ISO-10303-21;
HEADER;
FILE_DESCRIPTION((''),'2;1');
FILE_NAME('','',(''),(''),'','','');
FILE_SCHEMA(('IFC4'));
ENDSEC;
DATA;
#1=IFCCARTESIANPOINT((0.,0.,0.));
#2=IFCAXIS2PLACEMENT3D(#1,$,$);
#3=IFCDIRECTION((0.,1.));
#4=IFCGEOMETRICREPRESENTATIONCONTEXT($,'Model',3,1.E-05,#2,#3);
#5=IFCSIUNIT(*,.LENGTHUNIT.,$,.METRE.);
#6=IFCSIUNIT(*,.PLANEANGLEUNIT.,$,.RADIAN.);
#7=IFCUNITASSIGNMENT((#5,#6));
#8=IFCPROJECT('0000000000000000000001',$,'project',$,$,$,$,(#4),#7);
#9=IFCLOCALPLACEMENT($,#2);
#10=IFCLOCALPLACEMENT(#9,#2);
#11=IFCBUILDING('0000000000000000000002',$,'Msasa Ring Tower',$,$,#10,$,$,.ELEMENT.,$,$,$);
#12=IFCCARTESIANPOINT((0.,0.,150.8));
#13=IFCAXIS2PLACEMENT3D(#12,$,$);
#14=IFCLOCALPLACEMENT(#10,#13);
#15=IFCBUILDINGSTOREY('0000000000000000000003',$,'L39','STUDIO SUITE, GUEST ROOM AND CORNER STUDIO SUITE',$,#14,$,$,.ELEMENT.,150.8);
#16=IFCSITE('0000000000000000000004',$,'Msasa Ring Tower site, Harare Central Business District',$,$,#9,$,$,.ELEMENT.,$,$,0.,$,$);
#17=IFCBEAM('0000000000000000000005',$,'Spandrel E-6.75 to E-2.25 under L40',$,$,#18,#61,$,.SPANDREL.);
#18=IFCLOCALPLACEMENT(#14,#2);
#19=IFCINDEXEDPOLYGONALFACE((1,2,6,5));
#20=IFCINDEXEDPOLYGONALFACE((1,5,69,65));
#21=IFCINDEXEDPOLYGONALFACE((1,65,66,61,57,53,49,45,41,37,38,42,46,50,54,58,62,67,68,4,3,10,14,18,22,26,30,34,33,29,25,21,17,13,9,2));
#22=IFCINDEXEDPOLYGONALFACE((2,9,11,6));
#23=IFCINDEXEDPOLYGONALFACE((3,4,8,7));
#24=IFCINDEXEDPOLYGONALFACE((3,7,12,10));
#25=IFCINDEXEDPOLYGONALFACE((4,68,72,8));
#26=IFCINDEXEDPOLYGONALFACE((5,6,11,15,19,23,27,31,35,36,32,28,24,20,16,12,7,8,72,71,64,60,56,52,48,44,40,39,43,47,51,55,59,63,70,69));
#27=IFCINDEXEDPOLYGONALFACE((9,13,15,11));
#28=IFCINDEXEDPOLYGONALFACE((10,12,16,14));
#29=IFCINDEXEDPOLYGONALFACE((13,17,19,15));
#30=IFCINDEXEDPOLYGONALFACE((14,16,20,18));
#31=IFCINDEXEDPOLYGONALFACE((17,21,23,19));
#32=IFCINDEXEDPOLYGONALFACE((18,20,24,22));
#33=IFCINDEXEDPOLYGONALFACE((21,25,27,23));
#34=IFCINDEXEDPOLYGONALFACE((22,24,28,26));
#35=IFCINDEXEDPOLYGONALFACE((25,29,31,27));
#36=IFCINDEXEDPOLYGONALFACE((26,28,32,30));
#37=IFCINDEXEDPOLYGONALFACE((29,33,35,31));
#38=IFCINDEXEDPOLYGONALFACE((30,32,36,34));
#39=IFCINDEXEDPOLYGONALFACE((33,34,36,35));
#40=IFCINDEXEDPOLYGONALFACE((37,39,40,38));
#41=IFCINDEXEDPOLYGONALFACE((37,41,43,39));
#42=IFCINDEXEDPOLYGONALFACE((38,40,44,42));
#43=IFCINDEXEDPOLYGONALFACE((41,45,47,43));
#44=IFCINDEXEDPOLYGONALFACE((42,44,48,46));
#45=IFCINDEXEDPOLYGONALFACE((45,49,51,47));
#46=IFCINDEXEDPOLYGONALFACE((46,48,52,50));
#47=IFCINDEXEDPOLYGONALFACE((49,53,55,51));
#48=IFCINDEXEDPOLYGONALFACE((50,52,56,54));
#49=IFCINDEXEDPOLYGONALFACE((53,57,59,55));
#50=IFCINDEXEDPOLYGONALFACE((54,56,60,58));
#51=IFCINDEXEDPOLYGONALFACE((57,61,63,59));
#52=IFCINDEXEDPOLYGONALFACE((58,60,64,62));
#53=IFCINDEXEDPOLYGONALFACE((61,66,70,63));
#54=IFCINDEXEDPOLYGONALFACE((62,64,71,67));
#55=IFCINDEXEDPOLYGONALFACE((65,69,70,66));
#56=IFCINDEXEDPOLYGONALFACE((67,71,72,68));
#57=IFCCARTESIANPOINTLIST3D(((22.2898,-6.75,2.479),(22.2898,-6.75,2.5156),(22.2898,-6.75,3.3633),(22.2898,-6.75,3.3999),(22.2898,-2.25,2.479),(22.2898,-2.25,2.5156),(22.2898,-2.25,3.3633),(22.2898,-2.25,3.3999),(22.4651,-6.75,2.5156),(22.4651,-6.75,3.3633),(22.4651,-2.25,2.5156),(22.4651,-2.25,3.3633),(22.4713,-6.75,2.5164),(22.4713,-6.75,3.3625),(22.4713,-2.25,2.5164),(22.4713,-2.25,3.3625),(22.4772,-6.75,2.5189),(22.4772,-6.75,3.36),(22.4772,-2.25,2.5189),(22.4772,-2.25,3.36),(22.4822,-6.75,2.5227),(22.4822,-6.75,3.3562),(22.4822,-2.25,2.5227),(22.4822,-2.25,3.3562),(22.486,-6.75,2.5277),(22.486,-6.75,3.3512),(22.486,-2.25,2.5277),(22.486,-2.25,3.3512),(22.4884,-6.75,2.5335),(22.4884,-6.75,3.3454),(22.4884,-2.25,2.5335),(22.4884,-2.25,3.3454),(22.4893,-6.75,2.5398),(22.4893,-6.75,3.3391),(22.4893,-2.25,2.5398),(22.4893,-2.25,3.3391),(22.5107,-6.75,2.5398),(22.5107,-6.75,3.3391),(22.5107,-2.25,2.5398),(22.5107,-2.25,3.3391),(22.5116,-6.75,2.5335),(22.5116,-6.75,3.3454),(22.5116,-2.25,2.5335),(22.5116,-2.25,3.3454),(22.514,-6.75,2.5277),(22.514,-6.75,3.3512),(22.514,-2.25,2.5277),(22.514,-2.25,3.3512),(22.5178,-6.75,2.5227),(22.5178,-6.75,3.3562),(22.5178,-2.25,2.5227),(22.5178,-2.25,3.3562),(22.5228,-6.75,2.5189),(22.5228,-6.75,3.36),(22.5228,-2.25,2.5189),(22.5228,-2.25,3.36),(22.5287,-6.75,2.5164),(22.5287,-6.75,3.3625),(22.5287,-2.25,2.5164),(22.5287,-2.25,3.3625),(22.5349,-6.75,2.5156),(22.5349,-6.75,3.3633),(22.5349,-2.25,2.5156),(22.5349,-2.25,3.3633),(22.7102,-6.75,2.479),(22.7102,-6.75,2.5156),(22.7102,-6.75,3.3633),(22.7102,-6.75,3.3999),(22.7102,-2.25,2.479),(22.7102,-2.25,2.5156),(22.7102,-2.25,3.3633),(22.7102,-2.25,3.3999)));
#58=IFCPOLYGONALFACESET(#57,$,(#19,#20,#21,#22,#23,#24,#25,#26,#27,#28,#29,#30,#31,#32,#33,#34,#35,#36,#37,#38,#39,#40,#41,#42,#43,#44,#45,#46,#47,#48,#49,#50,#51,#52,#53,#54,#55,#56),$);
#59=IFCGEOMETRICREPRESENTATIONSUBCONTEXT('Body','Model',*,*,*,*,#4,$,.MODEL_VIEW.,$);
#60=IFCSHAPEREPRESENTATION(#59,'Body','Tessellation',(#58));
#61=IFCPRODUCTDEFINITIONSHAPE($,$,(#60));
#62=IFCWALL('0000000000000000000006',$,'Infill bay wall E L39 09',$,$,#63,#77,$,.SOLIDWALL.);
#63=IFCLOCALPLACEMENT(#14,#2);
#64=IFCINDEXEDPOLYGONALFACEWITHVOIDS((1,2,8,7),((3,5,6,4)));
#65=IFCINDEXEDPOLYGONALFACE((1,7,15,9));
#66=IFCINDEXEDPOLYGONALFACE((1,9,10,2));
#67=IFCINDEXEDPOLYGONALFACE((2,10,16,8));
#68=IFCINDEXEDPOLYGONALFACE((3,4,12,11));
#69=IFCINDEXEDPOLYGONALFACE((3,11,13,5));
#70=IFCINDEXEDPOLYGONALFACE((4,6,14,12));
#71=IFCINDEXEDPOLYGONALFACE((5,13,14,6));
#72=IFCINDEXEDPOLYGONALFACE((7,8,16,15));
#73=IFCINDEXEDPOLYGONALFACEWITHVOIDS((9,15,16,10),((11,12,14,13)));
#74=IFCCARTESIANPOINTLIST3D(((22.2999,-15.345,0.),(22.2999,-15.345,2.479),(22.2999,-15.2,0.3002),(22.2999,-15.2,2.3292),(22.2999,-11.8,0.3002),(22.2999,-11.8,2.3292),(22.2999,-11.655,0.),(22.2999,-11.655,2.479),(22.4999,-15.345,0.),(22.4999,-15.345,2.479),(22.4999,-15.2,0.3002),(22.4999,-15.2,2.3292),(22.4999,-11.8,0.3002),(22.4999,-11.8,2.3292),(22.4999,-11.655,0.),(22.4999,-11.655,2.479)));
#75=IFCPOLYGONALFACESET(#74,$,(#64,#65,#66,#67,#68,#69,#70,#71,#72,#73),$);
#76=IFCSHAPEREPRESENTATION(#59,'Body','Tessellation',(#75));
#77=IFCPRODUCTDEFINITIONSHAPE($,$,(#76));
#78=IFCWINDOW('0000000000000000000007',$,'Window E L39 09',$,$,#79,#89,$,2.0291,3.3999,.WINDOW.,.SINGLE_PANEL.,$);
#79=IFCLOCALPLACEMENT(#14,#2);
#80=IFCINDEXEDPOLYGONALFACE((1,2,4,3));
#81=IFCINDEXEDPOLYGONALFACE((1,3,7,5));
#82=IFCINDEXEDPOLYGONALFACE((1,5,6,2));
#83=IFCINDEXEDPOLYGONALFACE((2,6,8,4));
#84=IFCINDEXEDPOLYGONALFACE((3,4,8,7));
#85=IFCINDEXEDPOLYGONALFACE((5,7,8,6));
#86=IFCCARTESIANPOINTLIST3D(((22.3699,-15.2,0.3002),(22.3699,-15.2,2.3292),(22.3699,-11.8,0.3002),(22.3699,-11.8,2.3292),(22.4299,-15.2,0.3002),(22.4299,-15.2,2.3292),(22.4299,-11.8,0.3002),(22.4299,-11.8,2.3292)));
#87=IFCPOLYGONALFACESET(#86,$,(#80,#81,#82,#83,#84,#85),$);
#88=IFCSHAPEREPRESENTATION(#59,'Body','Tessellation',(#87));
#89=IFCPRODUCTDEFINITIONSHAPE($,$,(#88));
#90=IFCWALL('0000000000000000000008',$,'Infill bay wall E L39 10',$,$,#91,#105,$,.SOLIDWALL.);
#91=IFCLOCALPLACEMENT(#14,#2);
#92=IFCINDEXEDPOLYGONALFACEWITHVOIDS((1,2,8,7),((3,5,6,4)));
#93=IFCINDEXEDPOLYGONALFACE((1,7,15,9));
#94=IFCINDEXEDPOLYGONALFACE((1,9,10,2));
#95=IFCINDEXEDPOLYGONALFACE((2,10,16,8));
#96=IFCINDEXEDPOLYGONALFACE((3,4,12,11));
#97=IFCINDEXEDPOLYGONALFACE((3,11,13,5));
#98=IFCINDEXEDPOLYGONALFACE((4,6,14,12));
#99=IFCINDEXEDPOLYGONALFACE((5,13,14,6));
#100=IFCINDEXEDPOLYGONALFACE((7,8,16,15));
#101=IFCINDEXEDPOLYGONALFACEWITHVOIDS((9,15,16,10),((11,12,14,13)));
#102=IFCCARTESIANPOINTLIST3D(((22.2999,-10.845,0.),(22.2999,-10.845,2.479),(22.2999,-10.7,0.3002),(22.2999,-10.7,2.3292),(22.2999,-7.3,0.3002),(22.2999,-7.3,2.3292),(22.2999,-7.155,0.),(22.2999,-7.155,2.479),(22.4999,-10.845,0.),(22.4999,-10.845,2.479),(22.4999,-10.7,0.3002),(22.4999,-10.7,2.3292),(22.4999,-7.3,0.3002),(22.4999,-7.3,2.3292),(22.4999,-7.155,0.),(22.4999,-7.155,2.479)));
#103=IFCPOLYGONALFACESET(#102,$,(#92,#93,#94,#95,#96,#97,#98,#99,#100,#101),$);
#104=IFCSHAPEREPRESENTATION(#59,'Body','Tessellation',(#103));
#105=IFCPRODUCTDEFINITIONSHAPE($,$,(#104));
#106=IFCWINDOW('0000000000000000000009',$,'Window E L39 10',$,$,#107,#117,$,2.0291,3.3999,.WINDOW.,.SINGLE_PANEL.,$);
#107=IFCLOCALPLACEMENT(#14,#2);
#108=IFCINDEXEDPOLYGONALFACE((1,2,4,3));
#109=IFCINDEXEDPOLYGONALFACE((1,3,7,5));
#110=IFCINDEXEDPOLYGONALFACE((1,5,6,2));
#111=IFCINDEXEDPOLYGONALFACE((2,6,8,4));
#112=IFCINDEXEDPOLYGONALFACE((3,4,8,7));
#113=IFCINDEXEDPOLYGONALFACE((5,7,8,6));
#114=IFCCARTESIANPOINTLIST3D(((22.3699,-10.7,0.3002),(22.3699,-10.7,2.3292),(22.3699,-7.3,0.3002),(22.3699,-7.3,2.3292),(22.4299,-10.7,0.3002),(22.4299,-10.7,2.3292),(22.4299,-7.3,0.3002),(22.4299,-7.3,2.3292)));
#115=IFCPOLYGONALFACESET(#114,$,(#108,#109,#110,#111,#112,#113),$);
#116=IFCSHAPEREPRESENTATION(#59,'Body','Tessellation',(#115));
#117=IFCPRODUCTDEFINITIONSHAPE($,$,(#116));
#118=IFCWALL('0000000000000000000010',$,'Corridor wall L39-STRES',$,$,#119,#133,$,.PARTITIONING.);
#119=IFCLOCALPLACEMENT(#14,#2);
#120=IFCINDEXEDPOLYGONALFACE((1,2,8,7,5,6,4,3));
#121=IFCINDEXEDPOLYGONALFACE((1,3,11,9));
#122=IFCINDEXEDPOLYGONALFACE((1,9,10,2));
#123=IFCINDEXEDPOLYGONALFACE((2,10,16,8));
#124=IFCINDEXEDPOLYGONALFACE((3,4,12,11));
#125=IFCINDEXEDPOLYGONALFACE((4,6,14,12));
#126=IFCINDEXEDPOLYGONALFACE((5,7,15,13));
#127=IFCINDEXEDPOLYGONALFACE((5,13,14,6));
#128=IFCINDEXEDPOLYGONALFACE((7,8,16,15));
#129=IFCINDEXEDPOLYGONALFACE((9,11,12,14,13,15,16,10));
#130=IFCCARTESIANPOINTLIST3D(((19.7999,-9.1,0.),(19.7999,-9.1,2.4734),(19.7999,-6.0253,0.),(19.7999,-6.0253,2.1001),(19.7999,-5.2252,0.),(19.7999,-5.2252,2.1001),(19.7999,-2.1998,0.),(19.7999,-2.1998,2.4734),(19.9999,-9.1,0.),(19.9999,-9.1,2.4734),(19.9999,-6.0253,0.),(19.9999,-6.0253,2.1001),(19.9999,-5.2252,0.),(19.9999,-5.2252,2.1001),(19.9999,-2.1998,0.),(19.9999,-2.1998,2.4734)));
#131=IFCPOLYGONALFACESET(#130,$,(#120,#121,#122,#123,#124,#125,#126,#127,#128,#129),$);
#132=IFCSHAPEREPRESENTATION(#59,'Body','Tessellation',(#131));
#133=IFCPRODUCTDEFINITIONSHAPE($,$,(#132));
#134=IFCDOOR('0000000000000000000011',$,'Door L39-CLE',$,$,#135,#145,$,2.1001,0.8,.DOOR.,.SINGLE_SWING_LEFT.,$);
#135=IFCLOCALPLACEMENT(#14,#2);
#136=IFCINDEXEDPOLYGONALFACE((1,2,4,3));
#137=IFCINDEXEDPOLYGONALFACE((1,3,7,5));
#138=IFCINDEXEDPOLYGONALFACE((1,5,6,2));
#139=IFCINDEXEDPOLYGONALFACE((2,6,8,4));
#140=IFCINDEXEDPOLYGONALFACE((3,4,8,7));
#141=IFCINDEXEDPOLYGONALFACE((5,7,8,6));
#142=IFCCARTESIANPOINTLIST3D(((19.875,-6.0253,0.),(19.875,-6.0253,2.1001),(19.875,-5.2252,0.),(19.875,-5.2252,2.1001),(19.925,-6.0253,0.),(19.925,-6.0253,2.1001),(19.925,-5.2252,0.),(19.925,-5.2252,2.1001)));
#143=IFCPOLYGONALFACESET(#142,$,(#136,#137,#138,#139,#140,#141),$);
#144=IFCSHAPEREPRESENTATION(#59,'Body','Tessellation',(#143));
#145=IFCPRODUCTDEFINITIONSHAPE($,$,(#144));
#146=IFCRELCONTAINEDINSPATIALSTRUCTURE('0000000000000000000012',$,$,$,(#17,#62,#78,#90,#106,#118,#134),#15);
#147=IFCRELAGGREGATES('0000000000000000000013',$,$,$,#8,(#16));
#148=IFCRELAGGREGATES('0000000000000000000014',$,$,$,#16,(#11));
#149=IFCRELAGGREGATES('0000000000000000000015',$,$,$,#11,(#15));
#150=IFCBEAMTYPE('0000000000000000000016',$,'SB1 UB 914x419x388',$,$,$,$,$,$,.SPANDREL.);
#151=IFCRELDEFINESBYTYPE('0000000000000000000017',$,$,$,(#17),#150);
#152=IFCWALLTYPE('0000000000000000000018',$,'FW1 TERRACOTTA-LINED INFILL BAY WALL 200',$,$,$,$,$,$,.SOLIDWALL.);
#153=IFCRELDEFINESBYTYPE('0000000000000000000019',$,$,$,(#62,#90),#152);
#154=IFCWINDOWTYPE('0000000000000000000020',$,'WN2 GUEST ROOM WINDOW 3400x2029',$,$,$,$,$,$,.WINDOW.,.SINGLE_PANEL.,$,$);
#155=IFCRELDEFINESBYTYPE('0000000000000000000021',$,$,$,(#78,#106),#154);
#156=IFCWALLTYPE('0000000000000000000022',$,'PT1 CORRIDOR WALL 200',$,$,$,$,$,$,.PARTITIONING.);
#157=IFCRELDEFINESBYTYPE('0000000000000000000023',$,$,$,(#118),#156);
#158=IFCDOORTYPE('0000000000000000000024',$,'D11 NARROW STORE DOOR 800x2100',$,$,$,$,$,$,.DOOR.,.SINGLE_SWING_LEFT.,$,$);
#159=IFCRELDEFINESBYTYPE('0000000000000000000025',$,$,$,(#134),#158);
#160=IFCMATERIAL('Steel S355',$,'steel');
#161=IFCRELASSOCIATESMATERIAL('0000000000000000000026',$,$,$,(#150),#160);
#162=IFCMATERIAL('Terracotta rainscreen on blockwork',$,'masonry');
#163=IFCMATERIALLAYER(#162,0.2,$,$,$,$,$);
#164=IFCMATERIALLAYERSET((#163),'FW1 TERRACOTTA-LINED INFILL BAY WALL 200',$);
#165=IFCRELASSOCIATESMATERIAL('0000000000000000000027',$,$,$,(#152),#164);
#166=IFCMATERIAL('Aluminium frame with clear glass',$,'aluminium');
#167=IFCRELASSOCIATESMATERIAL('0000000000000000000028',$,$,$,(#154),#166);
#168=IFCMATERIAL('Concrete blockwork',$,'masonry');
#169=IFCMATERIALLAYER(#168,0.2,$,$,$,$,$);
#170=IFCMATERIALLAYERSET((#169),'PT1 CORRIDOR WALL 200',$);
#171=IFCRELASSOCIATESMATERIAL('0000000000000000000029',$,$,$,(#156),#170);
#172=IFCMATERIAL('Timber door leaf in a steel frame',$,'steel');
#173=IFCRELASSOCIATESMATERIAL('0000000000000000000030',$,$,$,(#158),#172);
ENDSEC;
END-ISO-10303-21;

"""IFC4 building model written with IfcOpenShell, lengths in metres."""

from ifc_helpers import new_model, si_unit, direction, frame, frame_2d, origin, origin_2d, place, context, subcontext, project, spatial, rectangle, i_section, extrude, material, layer, layer_set, material_profile, profile_set, type_object, element, fill, save


model = new_model("IFC4")

# Units and contexts
model_context = context("Model", 3, precision=1e-05, world=origin(), true_north=direction((0.0, 1.0)))
body_context = subcontext(model_context, "Body", "Model", "MODEL_VIEW")
ifc_project = project(units=[si_unit("LENGTHUNIT", "METRE"), si_unit("PLANEANGLEUNIT", "RADIAN")], contexts=[model_context])

# Site, building, storey
site_placement = place(None, origin())
site = spatial("IfcSite", under=ifc_project, at=site_placement, Name="Msasa Ring Tower site, Harare Central Business District", CompositionType="ELEMENT", RefElevation=0.0)
building_placement = place(site_placement, origin())
building = spatial("IfcBuilding", under=site, at=building_placement, Name="Msasa Ring Tower", CompositionType="ELEMENT")
storey_placement = place(building_placement, frame((0.0, 0.0, 150.8)))
storey = spatial("IfcBuildingStorey", under=building, at=storey_placement, Name="L39", Description="STUDIO SUITE, GUEST ROOM AND CORNER STUDIO SUITE", CompositionType="ELEMENT", Elevation=150.8)

# Beam
ifc_material_1 = material(Name="Steel S355", Category="steel")
ifc_material_profile_1 = material_profile(ifc_material_1, i_section(OverallWidth=0.4204, OverallDepth=0.9209, WebThickness=0.0215, FlangeThickness=0.0366, FilletRadius=0.0242, at=origin_2d()), Name="UB 914x419x388")
ifc_profile_set_1 = profile_set([ifc_material_profile_1], Name="Steel S355")
beam_type_1 = type_object("IfcBeamType", Name="SB1 UB 914x419x388", PredefinedType="SPANDREL", material=ifc_profile_set_1)
for number, where, z_axis, x_axis, name in (
    (1, (22.5, -6.75, 2.9395), (0.0, 1.0, 0.0), (-1.0, 0.0, 0.0), "Spandrel E-6.75 to E-2.25 under L40"),
):
    element("IfcBeam", number, at=place(storey_placement, frame(where, z_axis=z_axis, x_axis=x_axis)), inside=storey, type_object=beam_type_1, Name=name, PredefinedType="SPANDREL", context=body_context, shape_type="SweptSolid", body=[
        extrude(i_section(OverallWidth=0.4204, OverallDepth=0.9209, WebThickness=0.0215, FlangeThickness=0.0366, FilletRadius=0.0242, at=origin_2d()), origin(), (0.0, 0.0, 1.0), 4.5),
    ])

# Walls, openings, windows
ifc_material_2 = material(Name="Terracotta rainscreen on blockwork", Category="masonry")
ifc_layer_1 = layer(ifc_material_2, 0.2)
ifc_layer_set_1 = layer_set([ifc_layer_1], Name="FW1 TERRACOTTA-LINED INFILL BAY WALL 200")
wall_type_1 = type_object("IfcWallType", Name="FW1 TERRACOTTA-LINED INFILL BAY WALL 200", PredefinedType="SOLIDWALL", material=ifc_layer_set_1)
wall_1_placement = place(storey_placement, frame((22.3999, -15.345, 0.0), z_axis=(0.0, 0.0, 1.0), x_axis=(0.0, 1.0, 0.0)))
wall_1 = element("IfcWall", 2, at=wall_1_placement, inside=storey, type_object=wall_type_1, Name="Infill bay wall E L39 09", PredefinedType="SOLIDWALL", context=body_context, shape_type="SweptSolid", body=[
    extrude(rectangle(XDim=3.6899, YDim=0.2, at=frame_2d((1.845, 0.0))), origin(), (0.0, 0.0, 1.0), 2.479),
])
opening_1_placement = place(wall_1_placement, frame((0.145, 0.0, 0.3)))
opening_1 = element("IfcOpeningElement", 3, at=opening_1_placement, cuts=wall_1, PredefinedType="OPENING", context=body_context, shape_type="SweptSolid", body=[
    extrude(rectangle(XDim=3.3999, YDim=2.0291, at=frame_2d((1.7, 1.0146))), frame((0.0, 0.1099, 0.0), z_axis=(0.0, -1.0, 0.0), x_axis=(1.0, 0.0, 0.0)), (0.0, 0.0, 1.0), 0.22),
])
ifc_material_3 = material(Name="Aluminium frame with clear glass", Category="aluminium")
window_type = type_object("IfcWindowType", Name="WN2 GUEST ROOM WINDOW 3400x2029", PartitioningType="SINGLE_PANEL", PredefinedType="WINDOW", material=ifc_material_3)
window_1_placement = place(opening_1_placement, origin())
window_1 = element("IfcWindow", 4, at=window_1_placement, inside=storey, type_object=window_type, Name="Window E L39 09", OverallHeight=2.0291, OverallWidth=3.3999, PartitioningType="SINGLE_PANEL", PredefinedType="WINDOW", context=body_context, shape_type="SweptSolid", body=[
    extrude(rectangle(XDim=3.3999, YDim=2.0291, at=frame_2d((1.7, 1.0146))), frame((0.0, 0.03, 0.0), z_axis=(0.0, -1.0, 0.0), x_axis=(1.0, 0.0, 0.0)), (0.0, 0.0, 1.0), 0.0601),
])
fill(opening_1, window_1)
wall_2_placement = place(storey_placement, frame((22.3999, -10.845, 0.0), z_axis=(0.0, 0.0, 1.0), x_axis=(0.0, 1.0, 0.0)))
wall_2 = element("IfcWall", 5, at=wall_2_placement, inside=storey, type_object=wall_type_1, Name="Infill bay wall E L39 10", PredefinedType="SOLIDWALL", context=body_context, shape_type="SweptSolid", body=[
    extrude(rectangle(XDim=3.6899, YDim=0.2, at=frame_2d((1.845, 0.0))), origin(), (0.0, 0.0, 1.0), 2.479),
])
opening_2_placement = place(wall_2_placement, frame((0.145, 0.0, 0.3)))
opening_2 = element("IfcOpeningElement", 6, at=opening_2_placement, cuts=wall_2, PredefinedType="OPENING", context=body_context, shape_type="SweptSolid", body=[
    extrude(rectangle(XDim=3.3999, YDim=2.0291, at=frame_2d((1.7, 1.0146))), frame((0.0, 0.1099, 0.0), z_axis=(0.0, -1.0, 0.0), x_axis=(1.0, 0.0, 0.0)), (0.0, 0.0, 1.0), 0.22),
])
window_2_placement = place(opening_2_placement, origin())
window_2 = element("IfcWindow", 7, at=window_2_placement, inside=storey, type_object=window_type, Name="Window E L39 10", OverallHeight=2.0291, OverallWidth=3.3999, PartitioningType="SINGLE_PANEL", PredefinedType="WINDOW", context=body_context, shape_type="SweptSolid", body=[
    extrude(rectangle(XDim=3.3999, YDim=2.0291, at=frame_2d((1.7, 1.0146))), frame((0.0, 0.03, 0.0), z_axis=(0.0, -1.0, 0.0), x_axis=(1.0, 0.0, 0.0)), (0.0, 0.0, 1.0), 0.0601),
])
fill(opening_2, window_2)

# Wall, opening, door
ifc_material_4 = material(Name="Concrete blockwork", Category="masonry")
ifc_layer_2 = layer(ifc_material_4, 0.2)
ifc_layer_set_2 = layer_set([ifc_layer_2], Name="PT1 CORRIDOR WALL 200")
wall_type_2 = type_object("IfcWallType", Name="PT1 CORRIDOR WALL 200", PredefinedType="PARTITIONING", material=ifc_layer_set_2)
wall_3_placement = place(storey_placement, frame((19.8999, -9.1001, 0.0), z_axis=(0.0, 0.0, 1.0), x_axis=(0.0, 1.0, 0.0)))
wall_3 = element("IfcWall", 8, at=wall_3_placement, inside=storey, type_object=wall_type_2, Name="Corridor wall L39-STRES", PredefinedType="PARTITIONING", context=body_context, shape_type="SweptSolid", body=[
    extrude(rectangle(XDim=6.9001, YDim=0.2, at=frame_2d((3.4502, 0.0))), origin(), (0.0, 0.0, 1.0), 2.4734),
])
opening_3_placement = place(wall_3_placement, frame((3.075, 0.0, 0.0)))
opening_3 = element("IfcOpeningElement", 9, at=opening_3_placement, cuts=wall_3, PredefinedType="OPENING", context=body_context, shape_type="SweptSolid", body=[
    extrude(rectangle(XDim=0.8, YDim=2.1001, at=frame_2d((0.3999, 1.05))), frame((0.0, 0.1099, 0.0), z_axis=(0.0, -1.0, 0.0), x_axis=(1.0, 0.0, 0.0)), (0.0, 0.0, 1.0), 0.22),
])
ifc_material_5 = material(Name="Timber door leaf in a steel frame", Category="steel")
door_type_1 = type_object("IfcDoorType", Name="D11 NARROW STORE DOOR 800x2100", OperationType="SINGLE_SWING_LEFT", PredefinedType="DOOR", material=ifc_material_5)
door_1_placement = place(opening_3_placement, origin())
door_1 = element("IfcDoor", 10, at=door_1_placement, inside=storey, type_object=door_type_1, Name="Door L39-CLE", OperationType="SINGLE_SWING_LEFT", OverallHeight=2.1001, OverallWidth=0.8, PredefinedType="DOOR", context=body_context, shape_type="SweptSolid", body=[
    extrude(rectangle(XDim=0.8, YDim=2.1001, at=frame_2d((0.3999, 1.05))), frame((0.0, 0.0249, 0.0), z_axis=(0.0, -1.0, 0.0), x_axis=(1.0, 0.0, 0.0)), (0.0, 0.0, 1.0), 0.05),
])
fill(opening_3, door_1)

save(model, "model.ifc")
